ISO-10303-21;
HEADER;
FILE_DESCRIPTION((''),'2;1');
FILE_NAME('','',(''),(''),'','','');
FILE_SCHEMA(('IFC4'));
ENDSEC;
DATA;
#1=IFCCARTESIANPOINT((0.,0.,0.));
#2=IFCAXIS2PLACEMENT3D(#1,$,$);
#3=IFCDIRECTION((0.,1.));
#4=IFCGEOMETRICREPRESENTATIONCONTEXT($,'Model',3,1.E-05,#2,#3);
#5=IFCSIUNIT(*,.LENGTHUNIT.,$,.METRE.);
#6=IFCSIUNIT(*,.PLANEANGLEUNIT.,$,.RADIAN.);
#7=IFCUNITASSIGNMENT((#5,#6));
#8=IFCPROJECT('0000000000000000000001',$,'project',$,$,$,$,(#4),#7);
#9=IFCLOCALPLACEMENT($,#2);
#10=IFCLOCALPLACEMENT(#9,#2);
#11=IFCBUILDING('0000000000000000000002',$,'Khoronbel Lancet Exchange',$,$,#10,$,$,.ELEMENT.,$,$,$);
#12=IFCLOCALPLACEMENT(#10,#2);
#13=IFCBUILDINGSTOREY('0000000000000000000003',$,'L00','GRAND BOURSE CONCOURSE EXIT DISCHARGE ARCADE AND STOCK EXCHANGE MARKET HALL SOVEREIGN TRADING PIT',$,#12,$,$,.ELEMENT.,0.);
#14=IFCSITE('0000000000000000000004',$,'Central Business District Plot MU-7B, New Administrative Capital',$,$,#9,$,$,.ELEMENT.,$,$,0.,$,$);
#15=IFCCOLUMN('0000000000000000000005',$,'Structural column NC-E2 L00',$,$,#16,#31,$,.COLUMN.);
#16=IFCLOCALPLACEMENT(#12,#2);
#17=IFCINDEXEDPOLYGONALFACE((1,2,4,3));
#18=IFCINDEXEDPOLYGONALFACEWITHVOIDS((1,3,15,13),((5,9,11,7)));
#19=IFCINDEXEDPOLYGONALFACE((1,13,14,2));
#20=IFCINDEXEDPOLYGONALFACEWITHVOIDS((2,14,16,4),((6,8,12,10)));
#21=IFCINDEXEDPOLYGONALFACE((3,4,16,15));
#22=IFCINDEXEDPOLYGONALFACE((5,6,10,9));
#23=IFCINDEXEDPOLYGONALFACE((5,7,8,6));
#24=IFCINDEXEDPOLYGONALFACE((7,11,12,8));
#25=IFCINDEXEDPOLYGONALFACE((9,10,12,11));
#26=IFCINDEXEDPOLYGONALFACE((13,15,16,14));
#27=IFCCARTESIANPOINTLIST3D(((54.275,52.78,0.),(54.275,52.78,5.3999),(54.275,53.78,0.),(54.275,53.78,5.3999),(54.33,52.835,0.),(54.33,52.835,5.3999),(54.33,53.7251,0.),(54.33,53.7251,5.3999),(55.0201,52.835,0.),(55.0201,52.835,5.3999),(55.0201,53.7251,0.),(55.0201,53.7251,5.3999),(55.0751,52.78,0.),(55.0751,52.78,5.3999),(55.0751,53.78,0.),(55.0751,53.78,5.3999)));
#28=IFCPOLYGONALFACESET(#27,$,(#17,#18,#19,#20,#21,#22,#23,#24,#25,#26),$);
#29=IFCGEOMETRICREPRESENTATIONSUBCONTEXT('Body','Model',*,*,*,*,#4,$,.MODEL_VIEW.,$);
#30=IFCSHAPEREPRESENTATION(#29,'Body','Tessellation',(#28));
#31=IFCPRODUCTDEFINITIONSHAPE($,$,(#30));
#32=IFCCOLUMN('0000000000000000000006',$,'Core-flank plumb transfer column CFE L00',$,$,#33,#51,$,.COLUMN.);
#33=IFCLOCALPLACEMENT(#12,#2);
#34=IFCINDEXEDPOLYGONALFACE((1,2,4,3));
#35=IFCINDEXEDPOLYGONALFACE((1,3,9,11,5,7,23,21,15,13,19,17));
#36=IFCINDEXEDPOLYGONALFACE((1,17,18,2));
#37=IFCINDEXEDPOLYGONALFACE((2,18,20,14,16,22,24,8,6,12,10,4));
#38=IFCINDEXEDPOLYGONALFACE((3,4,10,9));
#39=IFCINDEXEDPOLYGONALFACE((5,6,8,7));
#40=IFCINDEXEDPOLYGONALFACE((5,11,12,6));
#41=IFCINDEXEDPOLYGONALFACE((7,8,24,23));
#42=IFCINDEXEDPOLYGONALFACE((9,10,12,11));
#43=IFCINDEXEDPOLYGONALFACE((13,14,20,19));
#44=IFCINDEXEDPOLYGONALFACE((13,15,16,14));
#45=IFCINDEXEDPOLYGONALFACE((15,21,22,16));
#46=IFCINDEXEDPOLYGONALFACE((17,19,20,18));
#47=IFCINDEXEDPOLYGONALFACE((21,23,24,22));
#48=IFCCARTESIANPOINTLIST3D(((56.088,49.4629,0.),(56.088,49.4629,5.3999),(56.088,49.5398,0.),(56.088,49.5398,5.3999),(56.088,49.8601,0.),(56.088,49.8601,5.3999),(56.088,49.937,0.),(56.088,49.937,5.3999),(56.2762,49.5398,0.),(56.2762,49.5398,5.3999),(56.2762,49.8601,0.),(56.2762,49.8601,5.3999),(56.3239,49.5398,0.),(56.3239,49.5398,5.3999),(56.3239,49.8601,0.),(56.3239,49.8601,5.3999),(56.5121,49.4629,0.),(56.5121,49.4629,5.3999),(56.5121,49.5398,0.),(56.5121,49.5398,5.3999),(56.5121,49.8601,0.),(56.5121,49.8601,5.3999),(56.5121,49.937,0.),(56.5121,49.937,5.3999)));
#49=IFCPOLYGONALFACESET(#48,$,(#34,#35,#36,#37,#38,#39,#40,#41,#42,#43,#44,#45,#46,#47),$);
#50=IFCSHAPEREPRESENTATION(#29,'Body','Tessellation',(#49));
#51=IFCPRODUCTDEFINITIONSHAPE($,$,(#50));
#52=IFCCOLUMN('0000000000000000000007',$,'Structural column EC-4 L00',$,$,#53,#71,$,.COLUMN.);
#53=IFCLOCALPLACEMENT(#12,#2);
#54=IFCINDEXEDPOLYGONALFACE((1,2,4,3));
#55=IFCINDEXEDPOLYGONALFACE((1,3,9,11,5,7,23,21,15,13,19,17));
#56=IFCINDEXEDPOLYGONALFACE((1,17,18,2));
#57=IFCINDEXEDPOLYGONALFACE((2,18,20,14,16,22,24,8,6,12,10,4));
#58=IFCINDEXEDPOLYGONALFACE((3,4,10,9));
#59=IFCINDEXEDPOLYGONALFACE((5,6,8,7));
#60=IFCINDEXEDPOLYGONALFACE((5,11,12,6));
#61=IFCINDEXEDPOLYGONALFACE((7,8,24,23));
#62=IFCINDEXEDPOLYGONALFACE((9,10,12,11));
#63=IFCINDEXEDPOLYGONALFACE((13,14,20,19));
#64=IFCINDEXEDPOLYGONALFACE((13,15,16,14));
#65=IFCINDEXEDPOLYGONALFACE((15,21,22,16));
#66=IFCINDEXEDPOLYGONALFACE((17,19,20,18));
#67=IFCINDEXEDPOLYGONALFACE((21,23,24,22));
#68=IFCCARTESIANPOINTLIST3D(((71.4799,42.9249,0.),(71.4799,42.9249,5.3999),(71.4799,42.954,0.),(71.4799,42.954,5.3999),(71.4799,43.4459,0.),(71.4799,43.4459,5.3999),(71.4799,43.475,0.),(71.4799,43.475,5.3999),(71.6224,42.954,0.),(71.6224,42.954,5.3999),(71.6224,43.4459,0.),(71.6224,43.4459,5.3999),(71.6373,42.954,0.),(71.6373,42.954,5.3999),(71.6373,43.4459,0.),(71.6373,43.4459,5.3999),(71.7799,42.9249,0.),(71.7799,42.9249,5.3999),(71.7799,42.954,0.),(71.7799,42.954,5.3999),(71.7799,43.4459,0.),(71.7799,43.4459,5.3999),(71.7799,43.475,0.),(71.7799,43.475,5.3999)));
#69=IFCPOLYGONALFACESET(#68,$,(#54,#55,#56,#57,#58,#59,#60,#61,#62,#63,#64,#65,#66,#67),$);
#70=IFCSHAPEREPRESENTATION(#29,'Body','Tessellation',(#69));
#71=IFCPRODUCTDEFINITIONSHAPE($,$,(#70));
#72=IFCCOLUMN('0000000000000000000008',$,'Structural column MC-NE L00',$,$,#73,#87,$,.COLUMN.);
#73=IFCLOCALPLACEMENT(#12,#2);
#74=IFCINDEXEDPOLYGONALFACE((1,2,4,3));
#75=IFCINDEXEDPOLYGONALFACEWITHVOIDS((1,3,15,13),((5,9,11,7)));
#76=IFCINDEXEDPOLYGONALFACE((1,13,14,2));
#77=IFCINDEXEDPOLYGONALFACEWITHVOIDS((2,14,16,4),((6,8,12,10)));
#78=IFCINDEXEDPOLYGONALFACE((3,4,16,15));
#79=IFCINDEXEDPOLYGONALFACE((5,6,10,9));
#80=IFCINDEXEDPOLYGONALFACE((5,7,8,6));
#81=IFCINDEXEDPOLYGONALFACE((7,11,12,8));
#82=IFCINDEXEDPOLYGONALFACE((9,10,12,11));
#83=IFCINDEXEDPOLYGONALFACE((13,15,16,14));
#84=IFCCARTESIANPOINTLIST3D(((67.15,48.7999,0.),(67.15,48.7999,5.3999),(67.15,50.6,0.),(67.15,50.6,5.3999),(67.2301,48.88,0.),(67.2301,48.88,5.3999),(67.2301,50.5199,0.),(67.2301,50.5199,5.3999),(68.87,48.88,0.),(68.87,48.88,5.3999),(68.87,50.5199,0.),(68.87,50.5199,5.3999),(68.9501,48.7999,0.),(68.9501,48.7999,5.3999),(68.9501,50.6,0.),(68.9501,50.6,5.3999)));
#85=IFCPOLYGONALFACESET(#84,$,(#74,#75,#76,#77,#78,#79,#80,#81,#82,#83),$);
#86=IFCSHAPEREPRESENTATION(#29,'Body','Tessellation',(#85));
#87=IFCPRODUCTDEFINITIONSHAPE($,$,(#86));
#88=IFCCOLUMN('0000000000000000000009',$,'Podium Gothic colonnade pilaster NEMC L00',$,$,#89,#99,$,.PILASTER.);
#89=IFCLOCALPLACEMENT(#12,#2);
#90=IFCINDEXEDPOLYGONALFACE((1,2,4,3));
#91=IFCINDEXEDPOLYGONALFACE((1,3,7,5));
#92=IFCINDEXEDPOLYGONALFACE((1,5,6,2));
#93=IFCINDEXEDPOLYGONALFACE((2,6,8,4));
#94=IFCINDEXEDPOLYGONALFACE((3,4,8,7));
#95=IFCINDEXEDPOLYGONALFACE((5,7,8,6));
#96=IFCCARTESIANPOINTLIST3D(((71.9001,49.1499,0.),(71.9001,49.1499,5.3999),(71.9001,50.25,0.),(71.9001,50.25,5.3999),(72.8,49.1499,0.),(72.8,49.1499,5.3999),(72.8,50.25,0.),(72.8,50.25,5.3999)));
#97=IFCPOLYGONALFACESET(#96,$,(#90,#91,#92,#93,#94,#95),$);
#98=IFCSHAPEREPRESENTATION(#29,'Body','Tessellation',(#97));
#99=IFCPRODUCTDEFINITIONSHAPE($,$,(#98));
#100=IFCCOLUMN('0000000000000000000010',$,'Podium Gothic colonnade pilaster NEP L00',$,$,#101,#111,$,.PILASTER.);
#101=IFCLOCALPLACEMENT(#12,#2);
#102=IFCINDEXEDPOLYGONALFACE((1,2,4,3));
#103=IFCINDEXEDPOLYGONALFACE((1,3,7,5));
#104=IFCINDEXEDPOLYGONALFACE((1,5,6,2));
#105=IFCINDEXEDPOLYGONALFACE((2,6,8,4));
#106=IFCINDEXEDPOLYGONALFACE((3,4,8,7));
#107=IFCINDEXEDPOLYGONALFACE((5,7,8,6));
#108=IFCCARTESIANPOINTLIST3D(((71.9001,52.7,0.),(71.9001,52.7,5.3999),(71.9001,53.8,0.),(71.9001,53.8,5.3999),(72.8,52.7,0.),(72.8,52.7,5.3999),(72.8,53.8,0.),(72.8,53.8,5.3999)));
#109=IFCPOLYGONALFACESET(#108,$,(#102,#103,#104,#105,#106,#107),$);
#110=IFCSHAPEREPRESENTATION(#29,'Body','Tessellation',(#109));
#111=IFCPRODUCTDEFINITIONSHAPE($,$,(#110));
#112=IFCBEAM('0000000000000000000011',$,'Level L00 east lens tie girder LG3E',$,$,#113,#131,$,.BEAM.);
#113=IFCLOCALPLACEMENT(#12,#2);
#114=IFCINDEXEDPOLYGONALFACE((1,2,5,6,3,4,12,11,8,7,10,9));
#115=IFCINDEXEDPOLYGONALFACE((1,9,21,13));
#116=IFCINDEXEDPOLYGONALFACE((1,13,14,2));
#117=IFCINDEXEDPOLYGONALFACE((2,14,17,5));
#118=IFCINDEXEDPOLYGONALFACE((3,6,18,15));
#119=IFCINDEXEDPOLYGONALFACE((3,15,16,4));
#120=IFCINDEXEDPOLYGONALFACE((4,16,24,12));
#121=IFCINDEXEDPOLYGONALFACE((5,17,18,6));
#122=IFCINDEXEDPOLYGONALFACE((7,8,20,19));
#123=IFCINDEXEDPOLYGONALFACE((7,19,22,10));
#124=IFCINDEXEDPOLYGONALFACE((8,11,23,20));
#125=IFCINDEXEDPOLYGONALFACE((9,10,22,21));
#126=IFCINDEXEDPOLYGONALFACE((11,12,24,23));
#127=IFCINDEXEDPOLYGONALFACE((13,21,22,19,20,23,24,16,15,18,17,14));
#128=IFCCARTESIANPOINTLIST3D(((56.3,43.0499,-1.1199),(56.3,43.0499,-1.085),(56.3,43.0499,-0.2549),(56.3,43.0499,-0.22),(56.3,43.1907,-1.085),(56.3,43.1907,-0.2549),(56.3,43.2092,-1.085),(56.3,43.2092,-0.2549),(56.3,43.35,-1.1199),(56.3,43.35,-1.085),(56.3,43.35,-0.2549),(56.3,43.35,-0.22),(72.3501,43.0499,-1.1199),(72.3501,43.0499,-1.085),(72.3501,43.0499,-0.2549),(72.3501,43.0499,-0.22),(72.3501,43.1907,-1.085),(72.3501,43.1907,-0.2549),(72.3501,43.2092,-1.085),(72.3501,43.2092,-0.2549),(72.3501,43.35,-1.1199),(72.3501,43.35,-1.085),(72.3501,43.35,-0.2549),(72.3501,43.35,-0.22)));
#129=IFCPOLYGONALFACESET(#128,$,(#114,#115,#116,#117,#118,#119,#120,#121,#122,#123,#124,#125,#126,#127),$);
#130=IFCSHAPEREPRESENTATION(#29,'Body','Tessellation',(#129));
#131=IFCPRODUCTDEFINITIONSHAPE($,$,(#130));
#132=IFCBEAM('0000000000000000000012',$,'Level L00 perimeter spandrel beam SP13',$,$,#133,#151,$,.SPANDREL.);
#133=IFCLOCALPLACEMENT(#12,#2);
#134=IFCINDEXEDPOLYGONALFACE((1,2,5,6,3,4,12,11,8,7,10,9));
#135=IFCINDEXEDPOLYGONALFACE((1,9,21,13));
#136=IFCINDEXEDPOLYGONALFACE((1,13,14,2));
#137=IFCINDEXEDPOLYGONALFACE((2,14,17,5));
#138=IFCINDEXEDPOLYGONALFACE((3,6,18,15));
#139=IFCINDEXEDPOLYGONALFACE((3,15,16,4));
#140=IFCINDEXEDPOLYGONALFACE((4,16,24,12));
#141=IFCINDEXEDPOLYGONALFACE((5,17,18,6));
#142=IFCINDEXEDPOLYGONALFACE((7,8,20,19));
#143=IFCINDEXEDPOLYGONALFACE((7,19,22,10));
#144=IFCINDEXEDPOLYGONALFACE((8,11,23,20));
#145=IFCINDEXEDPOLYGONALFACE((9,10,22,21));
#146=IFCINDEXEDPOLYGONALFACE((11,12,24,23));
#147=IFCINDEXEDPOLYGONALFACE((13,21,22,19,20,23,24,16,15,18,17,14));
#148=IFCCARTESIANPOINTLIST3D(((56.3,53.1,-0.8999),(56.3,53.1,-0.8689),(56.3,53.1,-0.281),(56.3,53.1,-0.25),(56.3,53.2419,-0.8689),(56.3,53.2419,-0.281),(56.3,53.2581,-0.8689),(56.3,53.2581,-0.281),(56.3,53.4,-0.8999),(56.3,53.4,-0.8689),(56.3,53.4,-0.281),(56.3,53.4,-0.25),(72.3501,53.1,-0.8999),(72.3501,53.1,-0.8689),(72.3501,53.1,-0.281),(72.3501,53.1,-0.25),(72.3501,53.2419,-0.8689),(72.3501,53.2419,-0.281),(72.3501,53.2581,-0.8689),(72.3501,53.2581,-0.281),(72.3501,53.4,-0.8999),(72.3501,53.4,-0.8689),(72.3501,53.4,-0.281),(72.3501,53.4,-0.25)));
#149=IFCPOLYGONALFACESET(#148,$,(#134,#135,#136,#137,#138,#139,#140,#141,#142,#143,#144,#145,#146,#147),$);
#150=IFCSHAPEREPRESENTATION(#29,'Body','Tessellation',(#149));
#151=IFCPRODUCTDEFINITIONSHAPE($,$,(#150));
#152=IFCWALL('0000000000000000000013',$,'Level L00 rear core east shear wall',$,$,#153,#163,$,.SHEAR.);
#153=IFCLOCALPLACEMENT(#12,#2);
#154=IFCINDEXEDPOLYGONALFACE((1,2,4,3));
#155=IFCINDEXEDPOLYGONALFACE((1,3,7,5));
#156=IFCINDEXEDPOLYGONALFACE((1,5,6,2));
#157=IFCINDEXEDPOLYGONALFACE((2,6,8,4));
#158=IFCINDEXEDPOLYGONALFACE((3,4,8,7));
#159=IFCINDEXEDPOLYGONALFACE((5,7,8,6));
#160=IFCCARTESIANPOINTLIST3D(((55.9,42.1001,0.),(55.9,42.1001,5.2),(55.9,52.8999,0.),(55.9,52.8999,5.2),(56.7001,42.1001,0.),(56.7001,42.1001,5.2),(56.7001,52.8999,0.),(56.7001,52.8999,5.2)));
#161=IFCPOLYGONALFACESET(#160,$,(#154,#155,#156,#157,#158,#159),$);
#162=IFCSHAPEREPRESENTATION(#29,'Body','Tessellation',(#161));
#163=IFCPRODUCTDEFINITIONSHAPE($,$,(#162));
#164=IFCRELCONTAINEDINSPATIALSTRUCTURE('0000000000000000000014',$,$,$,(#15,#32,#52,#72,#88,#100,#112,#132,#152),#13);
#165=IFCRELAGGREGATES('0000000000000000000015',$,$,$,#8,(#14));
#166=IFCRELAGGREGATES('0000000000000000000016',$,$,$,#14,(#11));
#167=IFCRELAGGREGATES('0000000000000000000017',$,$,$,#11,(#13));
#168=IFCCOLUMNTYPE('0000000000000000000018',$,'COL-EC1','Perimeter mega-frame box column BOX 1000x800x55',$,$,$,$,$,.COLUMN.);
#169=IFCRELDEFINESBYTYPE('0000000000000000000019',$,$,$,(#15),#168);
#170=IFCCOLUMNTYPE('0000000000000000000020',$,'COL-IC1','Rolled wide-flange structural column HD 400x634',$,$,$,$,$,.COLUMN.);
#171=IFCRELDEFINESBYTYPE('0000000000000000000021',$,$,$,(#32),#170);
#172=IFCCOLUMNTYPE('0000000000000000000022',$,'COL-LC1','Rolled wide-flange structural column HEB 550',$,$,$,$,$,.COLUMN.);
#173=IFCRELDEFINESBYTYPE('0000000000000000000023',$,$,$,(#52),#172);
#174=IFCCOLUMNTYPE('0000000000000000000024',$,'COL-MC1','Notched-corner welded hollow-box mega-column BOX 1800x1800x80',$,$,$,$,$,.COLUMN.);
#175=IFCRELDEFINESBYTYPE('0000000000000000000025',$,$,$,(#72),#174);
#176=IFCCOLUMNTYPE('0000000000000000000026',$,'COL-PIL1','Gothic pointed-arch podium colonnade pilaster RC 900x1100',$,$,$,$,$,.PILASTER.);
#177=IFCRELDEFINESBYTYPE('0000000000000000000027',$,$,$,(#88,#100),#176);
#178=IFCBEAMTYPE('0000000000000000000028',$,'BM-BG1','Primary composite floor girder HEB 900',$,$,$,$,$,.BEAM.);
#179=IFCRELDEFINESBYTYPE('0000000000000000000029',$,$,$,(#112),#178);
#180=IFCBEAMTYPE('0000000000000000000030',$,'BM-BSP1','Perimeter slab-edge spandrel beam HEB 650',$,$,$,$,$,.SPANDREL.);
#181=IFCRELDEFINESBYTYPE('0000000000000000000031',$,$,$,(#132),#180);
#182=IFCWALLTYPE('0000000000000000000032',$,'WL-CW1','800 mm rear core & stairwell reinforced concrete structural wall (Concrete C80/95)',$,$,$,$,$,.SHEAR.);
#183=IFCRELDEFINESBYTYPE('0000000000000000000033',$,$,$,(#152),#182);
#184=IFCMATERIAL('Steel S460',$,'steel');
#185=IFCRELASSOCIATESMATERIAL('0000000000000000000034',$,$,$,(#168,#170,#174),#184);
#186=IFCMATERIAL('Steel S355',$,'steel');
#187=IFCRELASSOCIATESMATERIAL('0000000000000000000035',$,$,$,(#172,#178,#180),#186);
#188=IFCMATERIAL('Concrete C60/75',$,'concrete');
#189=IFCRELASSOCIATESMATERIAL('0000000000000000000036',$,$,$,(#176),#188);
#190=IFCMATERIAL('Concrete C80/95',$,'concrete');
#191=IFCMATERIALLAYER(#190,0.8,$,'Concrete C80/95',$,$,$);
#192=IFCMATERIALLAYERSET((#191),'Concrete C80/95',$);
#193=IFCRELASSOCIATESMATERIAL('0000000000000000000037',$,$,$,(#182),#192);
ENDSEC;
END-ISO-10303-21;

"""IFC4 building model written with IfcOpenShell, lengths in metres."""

from ifc_helpers import new_model, si_unit, direction, frame, frame_2d, origin, origin_2d, place, context, subcontext, project, spatial, rectangle, hollow_rectangle, i_section, extrude, material, layer, layer_set, material_profile, profile_set, type_object, element, save


model = new_model("IFC4")

# Units and contexts
model_context = context("Model", 3, precision=1e-05, world=origin(), true_north=direction((0.0, 1.0)))
body_context = subcontext(model_context, "Body", "Model", "MODEL_VIEW")
ifc_project = project(units=[si_unit("LENGTHUNIT", "METRE"), si_unit("PLANEANGLEUNIT", "RADIAN")], contexts=[model_context])

# Site, building, storey
site_placement = place(None, origin())
site = spatial("IfcSite", under=ifc_project, at=site_placement, Name="Central Business District Plot MU-7B, New Administrative Capital", CompositionType="ELEMENT", RefElevation=0.0)
building_placement = place(site_placement, origin())
building = spatial("IfcBuilding", under=site, at=building_placement, Name="Khoronbel Lancet Exchange", CompositionType="ELEMENT")
storey_placement = place(building_placement, origin())
storey = spatial("IfcBuildingStorey", under=building, at=storey_placement, Name="L00", Description="GRAND BOURSE CONCOURSE EXIT DISCHARGE ARCADE AND STOCK EXCHANGE MARKET HALL SOVEREIGN TRADING PIT", CompositionType="ELEMENT", Elevation=0.0)

# Columns
ifc_material_1 = material(Name="Steel S460", Category="steel")
ifc_material_profile_1 = material_profile(ifc_material_1, hollow_rectangle(XDim=0.8, YDim=1.0, WallThickness=0.0549, at=origin_2d()), Name="BOX 1000x800x55")
ifc_profile_set_1 = profile_set([ifc_material_profile_1], Name="Steel S460")
column_type_1 = type_object("IfcColumnType", Name="COL-EC1", Description="Perimeter mega-frame box column BOX 1000x800x55", PredefinedType="COLUMN", material=ifc_profile_set_1)
column_1_placement = place(storey_placement, frame((54.675, 53.28, 0.0), z_axis=(0.0, 0.0, 1.0), x_axis=(1.0, 0.0, 0.0)))
element("IfcColumn", 1, at=column_1_placement, inside=storey, type_object=column_type_1, Name="Structural column NC-E2 L00", PredefinedType="COLUMN", context=body_context, shape_type="SweptSolid", body=[
    extrude(hollow_rectangle(XDim=0.8, YDim=1.0, WallThickness=0.0549, at=origin_2d()), origin(), (0.0, 0.0, 1.0), 5.3999),
])
ifc_material_profile_2 = material_profile(ifc_material_1, i_section(OverallWidth=0.4241, OverallDepth=0.4741, WebThickness=0.0476, FlangeThickness=0.0769, at=origin_2d()), Name="HD 400x634")
ifc_profile_set_2 = profile_set([ifc_material_profile_2], Name="Steel S460")
column_type_2 = type_object("IfcColumnType", Name="COL-IC1", Description="Rolled wide-flange structural column HD 400x634", PredefinedType="COLUMN", material=ifc_profile_set_2)
column_2_placement = place(storey_placement, frame((56.3, 49.7, 0.0), z_axis=(0.0, 0.0, 1.0), x_axis=(1.0, 0.0, 0.0)))
element("IfcColumn", 2, at=column_2_placement, inside=storey, type_object=column_type_2, Name="Core-flank plumb transfer column CFE L00", PredefinedType="COLUMN", context=body_context, shape_type="SweptSolid", body=[
    extrude(i_section(OverallWidth=0.4241, OverallDepth=0.4741, WebThickness=0.0476, FlangeThickness=0.0769, at=origin_2d()), origin(), (0.0, 0.0, 1.0), 5.3999),
])
ifc_material_2 = material(Name="Steel S355", Category="steel")
ifc_material_profile_3 = material_profile(ifc_material_2, i_section(OverallWidth=0.3, OverallDepth=0.55, WebThickness=0.0149, FlangeThickness=0.0291, at=origin_2d()), Name="HEB 550")
ifc_profile_set_3 = profile_set([ifc_material_profile_3], Name="Steel S355")
column_type_3 = type_object("IfcColumnType", Name="COL-LC1", Description="Rolled wide-flange structural column HEB 550", PredefinedType="COLUMN", material=ifc_profile_set_3)
column_3_placement = place(storey_placement, frame((71.6299, 43.2, 0.0), z_axis=(0.0, 0.0, 1.0), x_axis=(1.0, 0.0, 0.0)))
element("IfcColumn", 3, at=column_3_placement, inside=storey, type_object=column_type_3, Name="Structural column EC-4 L00", PredefinedType="COLUMN", context=body_context, shape_type="SweptSolid", body=[
    extrude(i_section(OverallWidth=0.3, OverallDepth=0.55, WebThickness=0.0149, FlangeThickness=0.0291, at=origin_2d()), origin(), (0.0, 0.0, 1.0), 5.3999),
])
ifc_material_profile_4 = material_profile(ifc_material_1, hollow_rectangle(XDim=1.8, YDim=1.8, WallThickness=0.0801, at=origin_2d()), Name="BOX 1800x1800x80")
ifc_profile_set_4 = profile_set([ifc_material_profile_4], Name="Steel S460")
column_type_4 = type_object("IfcColumnType", Name="COL-MC1", Description="Notched-corner welded hollow-box mega-column BOX 1800x1800x80", PredefinedType="COLUMN", material=ifc_profile_set_4)
column_4_placement = place(storey_placement, frame((68.05, 49.7, 0.0), z_axis=(0.0, 0.0, 1.0), x_axis=(1.0, 0.0, 0.0)))
element("IfcColumn", 4, at=column_4_placement, inside=storey, type_object=column_type_4, Name="Structural column MC-NE L00", PredefinedType="COLUMN", context=body_context, shape_type="SweptSolid", body=[
    extrude(hollow_rectangle(XDim=1.8, YDim=1.8, WallThickness=0.0801, at=origin_2d()), origin(), (0.0, 0.0, 1.0), 5.3999),
])
ifc_material_3 = material(Name="Concrete C60/75", Category="concrete")
ifc_material_profile_5 = material_profile(ifc_material_3, rectangle(XDim=0.8999, YDim=1.1001, at=origin_2d()), Name="RC 900x1100")
ifc_profile_set_5 = profile_set([ifc_material_profile_5], Name="Concrete C60/75")
column_type_5 = type_object("IfcColumnType", Name="COL-PIL1", Description="Gothic pointed-arch podium colonnade pilaster RC 900x1100", PredefinedType="PILASTER", material=ifc_profile_set_5)
for number, where, z_axis, x_axis, name in (
    (5, (72.3501, 49.7, 0.0), (0.0, 0.0, 1.0), (1.0, 0.0, 0.0), "Podium Gothic colonnade pilaster NEMC L00"),
    (6, (72.3501, 53.25, 0.0), (0.0, 0.0, 1.0), (1.0, 0.0, 0.0), "Podium Gothic colonnade pilaster NEP L00"),
):
    element("IfcColumn", number, at=place(storey_placement, frame(where, z_axis=z_axis, x_axis=x_axis)), inside=storey, type_object=column_type_5, Name=name, PredefinedType="PILASTER", context=body_context, shape_type="SweptSolid", body=[
        extrude(rectangle(XDim=0.8999, YDim=1.1001, at=origin_2d()), origin(), (0.0, 0.0, 1.0), 5.3999),
    ])

# Beams
ifc_material_profile_6 = material_profile(ifc_material_2, i_section(OverallWidth=0.3, OverallDepth=0.8999, WebThickness=0.0186, FlangeThickness=0.0349, at=origin_2d()), Name="HEB 900")
ifc_profile_set_6 = profile_set([ifc_material_profile_6], Name="Steel S355")
beam_type_1 = type_object("IfcBeamType", Name="BM-BG1", Description="Primary composite floor girder HEB 900", PredefinedType="BEAM", material=ifc_profile_set_6)
beam_1_placement = place(storey_placement, frame((56.3, 43.2, -0.6699), z_axis=(1.0, 0.0, 0.0), x_axis=(0.0, 1.0, 0.0)))
element("IfcBeam", 7, at=beam_1_placement, inside=storey, type_object=beam_type_1, Name="Level L00 east lens tie girder LG3E", PredefinedType="BEAM", context=body_context, shape_type="SweptSolid", body=[
    extrude(i_section(OverallWidth=0.3, OverallDepth=0.8999, WebThickness=0.0186, FlangeThickness=0.0349, at=origin_2d()), origin(), (0.0, 0.0, 1.0), 16.05),
])
ifc_material_profile_7 = material_profile(ifc_material_2, i_section(OverallWidth=0.3, OverallDepth=0.6499, WebThickness=0.0161, FlangeThickness=0.031, at=origin_2d()), Name="HEB 650")
ifc_profile_set_7 = profile_set([ifc_material_profile_7], Name="Steel S355")
beam_type_2 = type_object("IfcBeamType", Name="BM-BSP1", Description="Perimeter slab-edge spandrel beam HEB 650", PredefinedType="SPANDREL", material=ifc_profile_set_7)
beam_2_placement = place(storey_placement, frame((72.3501, 53.25, -0.575), z_axis=(-1.0, 0.0, 0.0), x_axis=(0.0, -1.0, 0.0)))
element("IfcBeam", 8, at=beam_2_placement, inside=storey, type_object=beam_type_2, Name="Level L00 perimeter spandrel beam SP13", PredefinedType="SPANDREL", context=body_context, shape_type="SweptSolid", body=[
    extrude(i_section(OverallWidth=0.3, OverallDepth=0.6499, WebThickness=0.0161, FlangeThickness=0.031, at=origin_2d()), origin(), (0.0, 0.0, 1.0), 16.05),
])

# Wall
ifc_material_4 = material(Name="Concrete C80/95", Category="concrete")
ifc_layer_1 = layer(ifc_material_4, 0.8, Name="Concrete C80/95")
ifc_layer_set_1 = layer_set([ifc_layer_1], Name="Concrete C80/95")
wall_type_1 = type_object("IfcWallType", Name="WL-CW1", Description="800 mm rear core & stairwell reinforced concrete structural wall (Concrete C80/95)", PredefinedType="SHEAR", material=ifc_layer_set_1)
wall_1_placement = place(storey_placement, frame((56.3, 52.8999, 0.0), z_axis=(0.0, 0.0, 1.0), x_axis=(0.0, -1.0, 0.0)))
element("IfcWall", 9, at=wall_1_placement, inside=storey, type_object=wall_type_1, Name="Level L00 rear core east shear wall", PredefinedType="SHEAR", context=body_context, shape_type="SweptSolid", body=[
    extrude(rectangle(XDim=10.7998, YDim=0.8, at=frame_2d((5.3999, 0.0))), origin(), (0.0, 0.0, 1.0), 5.2),
])

save(model, "model.ifc")
